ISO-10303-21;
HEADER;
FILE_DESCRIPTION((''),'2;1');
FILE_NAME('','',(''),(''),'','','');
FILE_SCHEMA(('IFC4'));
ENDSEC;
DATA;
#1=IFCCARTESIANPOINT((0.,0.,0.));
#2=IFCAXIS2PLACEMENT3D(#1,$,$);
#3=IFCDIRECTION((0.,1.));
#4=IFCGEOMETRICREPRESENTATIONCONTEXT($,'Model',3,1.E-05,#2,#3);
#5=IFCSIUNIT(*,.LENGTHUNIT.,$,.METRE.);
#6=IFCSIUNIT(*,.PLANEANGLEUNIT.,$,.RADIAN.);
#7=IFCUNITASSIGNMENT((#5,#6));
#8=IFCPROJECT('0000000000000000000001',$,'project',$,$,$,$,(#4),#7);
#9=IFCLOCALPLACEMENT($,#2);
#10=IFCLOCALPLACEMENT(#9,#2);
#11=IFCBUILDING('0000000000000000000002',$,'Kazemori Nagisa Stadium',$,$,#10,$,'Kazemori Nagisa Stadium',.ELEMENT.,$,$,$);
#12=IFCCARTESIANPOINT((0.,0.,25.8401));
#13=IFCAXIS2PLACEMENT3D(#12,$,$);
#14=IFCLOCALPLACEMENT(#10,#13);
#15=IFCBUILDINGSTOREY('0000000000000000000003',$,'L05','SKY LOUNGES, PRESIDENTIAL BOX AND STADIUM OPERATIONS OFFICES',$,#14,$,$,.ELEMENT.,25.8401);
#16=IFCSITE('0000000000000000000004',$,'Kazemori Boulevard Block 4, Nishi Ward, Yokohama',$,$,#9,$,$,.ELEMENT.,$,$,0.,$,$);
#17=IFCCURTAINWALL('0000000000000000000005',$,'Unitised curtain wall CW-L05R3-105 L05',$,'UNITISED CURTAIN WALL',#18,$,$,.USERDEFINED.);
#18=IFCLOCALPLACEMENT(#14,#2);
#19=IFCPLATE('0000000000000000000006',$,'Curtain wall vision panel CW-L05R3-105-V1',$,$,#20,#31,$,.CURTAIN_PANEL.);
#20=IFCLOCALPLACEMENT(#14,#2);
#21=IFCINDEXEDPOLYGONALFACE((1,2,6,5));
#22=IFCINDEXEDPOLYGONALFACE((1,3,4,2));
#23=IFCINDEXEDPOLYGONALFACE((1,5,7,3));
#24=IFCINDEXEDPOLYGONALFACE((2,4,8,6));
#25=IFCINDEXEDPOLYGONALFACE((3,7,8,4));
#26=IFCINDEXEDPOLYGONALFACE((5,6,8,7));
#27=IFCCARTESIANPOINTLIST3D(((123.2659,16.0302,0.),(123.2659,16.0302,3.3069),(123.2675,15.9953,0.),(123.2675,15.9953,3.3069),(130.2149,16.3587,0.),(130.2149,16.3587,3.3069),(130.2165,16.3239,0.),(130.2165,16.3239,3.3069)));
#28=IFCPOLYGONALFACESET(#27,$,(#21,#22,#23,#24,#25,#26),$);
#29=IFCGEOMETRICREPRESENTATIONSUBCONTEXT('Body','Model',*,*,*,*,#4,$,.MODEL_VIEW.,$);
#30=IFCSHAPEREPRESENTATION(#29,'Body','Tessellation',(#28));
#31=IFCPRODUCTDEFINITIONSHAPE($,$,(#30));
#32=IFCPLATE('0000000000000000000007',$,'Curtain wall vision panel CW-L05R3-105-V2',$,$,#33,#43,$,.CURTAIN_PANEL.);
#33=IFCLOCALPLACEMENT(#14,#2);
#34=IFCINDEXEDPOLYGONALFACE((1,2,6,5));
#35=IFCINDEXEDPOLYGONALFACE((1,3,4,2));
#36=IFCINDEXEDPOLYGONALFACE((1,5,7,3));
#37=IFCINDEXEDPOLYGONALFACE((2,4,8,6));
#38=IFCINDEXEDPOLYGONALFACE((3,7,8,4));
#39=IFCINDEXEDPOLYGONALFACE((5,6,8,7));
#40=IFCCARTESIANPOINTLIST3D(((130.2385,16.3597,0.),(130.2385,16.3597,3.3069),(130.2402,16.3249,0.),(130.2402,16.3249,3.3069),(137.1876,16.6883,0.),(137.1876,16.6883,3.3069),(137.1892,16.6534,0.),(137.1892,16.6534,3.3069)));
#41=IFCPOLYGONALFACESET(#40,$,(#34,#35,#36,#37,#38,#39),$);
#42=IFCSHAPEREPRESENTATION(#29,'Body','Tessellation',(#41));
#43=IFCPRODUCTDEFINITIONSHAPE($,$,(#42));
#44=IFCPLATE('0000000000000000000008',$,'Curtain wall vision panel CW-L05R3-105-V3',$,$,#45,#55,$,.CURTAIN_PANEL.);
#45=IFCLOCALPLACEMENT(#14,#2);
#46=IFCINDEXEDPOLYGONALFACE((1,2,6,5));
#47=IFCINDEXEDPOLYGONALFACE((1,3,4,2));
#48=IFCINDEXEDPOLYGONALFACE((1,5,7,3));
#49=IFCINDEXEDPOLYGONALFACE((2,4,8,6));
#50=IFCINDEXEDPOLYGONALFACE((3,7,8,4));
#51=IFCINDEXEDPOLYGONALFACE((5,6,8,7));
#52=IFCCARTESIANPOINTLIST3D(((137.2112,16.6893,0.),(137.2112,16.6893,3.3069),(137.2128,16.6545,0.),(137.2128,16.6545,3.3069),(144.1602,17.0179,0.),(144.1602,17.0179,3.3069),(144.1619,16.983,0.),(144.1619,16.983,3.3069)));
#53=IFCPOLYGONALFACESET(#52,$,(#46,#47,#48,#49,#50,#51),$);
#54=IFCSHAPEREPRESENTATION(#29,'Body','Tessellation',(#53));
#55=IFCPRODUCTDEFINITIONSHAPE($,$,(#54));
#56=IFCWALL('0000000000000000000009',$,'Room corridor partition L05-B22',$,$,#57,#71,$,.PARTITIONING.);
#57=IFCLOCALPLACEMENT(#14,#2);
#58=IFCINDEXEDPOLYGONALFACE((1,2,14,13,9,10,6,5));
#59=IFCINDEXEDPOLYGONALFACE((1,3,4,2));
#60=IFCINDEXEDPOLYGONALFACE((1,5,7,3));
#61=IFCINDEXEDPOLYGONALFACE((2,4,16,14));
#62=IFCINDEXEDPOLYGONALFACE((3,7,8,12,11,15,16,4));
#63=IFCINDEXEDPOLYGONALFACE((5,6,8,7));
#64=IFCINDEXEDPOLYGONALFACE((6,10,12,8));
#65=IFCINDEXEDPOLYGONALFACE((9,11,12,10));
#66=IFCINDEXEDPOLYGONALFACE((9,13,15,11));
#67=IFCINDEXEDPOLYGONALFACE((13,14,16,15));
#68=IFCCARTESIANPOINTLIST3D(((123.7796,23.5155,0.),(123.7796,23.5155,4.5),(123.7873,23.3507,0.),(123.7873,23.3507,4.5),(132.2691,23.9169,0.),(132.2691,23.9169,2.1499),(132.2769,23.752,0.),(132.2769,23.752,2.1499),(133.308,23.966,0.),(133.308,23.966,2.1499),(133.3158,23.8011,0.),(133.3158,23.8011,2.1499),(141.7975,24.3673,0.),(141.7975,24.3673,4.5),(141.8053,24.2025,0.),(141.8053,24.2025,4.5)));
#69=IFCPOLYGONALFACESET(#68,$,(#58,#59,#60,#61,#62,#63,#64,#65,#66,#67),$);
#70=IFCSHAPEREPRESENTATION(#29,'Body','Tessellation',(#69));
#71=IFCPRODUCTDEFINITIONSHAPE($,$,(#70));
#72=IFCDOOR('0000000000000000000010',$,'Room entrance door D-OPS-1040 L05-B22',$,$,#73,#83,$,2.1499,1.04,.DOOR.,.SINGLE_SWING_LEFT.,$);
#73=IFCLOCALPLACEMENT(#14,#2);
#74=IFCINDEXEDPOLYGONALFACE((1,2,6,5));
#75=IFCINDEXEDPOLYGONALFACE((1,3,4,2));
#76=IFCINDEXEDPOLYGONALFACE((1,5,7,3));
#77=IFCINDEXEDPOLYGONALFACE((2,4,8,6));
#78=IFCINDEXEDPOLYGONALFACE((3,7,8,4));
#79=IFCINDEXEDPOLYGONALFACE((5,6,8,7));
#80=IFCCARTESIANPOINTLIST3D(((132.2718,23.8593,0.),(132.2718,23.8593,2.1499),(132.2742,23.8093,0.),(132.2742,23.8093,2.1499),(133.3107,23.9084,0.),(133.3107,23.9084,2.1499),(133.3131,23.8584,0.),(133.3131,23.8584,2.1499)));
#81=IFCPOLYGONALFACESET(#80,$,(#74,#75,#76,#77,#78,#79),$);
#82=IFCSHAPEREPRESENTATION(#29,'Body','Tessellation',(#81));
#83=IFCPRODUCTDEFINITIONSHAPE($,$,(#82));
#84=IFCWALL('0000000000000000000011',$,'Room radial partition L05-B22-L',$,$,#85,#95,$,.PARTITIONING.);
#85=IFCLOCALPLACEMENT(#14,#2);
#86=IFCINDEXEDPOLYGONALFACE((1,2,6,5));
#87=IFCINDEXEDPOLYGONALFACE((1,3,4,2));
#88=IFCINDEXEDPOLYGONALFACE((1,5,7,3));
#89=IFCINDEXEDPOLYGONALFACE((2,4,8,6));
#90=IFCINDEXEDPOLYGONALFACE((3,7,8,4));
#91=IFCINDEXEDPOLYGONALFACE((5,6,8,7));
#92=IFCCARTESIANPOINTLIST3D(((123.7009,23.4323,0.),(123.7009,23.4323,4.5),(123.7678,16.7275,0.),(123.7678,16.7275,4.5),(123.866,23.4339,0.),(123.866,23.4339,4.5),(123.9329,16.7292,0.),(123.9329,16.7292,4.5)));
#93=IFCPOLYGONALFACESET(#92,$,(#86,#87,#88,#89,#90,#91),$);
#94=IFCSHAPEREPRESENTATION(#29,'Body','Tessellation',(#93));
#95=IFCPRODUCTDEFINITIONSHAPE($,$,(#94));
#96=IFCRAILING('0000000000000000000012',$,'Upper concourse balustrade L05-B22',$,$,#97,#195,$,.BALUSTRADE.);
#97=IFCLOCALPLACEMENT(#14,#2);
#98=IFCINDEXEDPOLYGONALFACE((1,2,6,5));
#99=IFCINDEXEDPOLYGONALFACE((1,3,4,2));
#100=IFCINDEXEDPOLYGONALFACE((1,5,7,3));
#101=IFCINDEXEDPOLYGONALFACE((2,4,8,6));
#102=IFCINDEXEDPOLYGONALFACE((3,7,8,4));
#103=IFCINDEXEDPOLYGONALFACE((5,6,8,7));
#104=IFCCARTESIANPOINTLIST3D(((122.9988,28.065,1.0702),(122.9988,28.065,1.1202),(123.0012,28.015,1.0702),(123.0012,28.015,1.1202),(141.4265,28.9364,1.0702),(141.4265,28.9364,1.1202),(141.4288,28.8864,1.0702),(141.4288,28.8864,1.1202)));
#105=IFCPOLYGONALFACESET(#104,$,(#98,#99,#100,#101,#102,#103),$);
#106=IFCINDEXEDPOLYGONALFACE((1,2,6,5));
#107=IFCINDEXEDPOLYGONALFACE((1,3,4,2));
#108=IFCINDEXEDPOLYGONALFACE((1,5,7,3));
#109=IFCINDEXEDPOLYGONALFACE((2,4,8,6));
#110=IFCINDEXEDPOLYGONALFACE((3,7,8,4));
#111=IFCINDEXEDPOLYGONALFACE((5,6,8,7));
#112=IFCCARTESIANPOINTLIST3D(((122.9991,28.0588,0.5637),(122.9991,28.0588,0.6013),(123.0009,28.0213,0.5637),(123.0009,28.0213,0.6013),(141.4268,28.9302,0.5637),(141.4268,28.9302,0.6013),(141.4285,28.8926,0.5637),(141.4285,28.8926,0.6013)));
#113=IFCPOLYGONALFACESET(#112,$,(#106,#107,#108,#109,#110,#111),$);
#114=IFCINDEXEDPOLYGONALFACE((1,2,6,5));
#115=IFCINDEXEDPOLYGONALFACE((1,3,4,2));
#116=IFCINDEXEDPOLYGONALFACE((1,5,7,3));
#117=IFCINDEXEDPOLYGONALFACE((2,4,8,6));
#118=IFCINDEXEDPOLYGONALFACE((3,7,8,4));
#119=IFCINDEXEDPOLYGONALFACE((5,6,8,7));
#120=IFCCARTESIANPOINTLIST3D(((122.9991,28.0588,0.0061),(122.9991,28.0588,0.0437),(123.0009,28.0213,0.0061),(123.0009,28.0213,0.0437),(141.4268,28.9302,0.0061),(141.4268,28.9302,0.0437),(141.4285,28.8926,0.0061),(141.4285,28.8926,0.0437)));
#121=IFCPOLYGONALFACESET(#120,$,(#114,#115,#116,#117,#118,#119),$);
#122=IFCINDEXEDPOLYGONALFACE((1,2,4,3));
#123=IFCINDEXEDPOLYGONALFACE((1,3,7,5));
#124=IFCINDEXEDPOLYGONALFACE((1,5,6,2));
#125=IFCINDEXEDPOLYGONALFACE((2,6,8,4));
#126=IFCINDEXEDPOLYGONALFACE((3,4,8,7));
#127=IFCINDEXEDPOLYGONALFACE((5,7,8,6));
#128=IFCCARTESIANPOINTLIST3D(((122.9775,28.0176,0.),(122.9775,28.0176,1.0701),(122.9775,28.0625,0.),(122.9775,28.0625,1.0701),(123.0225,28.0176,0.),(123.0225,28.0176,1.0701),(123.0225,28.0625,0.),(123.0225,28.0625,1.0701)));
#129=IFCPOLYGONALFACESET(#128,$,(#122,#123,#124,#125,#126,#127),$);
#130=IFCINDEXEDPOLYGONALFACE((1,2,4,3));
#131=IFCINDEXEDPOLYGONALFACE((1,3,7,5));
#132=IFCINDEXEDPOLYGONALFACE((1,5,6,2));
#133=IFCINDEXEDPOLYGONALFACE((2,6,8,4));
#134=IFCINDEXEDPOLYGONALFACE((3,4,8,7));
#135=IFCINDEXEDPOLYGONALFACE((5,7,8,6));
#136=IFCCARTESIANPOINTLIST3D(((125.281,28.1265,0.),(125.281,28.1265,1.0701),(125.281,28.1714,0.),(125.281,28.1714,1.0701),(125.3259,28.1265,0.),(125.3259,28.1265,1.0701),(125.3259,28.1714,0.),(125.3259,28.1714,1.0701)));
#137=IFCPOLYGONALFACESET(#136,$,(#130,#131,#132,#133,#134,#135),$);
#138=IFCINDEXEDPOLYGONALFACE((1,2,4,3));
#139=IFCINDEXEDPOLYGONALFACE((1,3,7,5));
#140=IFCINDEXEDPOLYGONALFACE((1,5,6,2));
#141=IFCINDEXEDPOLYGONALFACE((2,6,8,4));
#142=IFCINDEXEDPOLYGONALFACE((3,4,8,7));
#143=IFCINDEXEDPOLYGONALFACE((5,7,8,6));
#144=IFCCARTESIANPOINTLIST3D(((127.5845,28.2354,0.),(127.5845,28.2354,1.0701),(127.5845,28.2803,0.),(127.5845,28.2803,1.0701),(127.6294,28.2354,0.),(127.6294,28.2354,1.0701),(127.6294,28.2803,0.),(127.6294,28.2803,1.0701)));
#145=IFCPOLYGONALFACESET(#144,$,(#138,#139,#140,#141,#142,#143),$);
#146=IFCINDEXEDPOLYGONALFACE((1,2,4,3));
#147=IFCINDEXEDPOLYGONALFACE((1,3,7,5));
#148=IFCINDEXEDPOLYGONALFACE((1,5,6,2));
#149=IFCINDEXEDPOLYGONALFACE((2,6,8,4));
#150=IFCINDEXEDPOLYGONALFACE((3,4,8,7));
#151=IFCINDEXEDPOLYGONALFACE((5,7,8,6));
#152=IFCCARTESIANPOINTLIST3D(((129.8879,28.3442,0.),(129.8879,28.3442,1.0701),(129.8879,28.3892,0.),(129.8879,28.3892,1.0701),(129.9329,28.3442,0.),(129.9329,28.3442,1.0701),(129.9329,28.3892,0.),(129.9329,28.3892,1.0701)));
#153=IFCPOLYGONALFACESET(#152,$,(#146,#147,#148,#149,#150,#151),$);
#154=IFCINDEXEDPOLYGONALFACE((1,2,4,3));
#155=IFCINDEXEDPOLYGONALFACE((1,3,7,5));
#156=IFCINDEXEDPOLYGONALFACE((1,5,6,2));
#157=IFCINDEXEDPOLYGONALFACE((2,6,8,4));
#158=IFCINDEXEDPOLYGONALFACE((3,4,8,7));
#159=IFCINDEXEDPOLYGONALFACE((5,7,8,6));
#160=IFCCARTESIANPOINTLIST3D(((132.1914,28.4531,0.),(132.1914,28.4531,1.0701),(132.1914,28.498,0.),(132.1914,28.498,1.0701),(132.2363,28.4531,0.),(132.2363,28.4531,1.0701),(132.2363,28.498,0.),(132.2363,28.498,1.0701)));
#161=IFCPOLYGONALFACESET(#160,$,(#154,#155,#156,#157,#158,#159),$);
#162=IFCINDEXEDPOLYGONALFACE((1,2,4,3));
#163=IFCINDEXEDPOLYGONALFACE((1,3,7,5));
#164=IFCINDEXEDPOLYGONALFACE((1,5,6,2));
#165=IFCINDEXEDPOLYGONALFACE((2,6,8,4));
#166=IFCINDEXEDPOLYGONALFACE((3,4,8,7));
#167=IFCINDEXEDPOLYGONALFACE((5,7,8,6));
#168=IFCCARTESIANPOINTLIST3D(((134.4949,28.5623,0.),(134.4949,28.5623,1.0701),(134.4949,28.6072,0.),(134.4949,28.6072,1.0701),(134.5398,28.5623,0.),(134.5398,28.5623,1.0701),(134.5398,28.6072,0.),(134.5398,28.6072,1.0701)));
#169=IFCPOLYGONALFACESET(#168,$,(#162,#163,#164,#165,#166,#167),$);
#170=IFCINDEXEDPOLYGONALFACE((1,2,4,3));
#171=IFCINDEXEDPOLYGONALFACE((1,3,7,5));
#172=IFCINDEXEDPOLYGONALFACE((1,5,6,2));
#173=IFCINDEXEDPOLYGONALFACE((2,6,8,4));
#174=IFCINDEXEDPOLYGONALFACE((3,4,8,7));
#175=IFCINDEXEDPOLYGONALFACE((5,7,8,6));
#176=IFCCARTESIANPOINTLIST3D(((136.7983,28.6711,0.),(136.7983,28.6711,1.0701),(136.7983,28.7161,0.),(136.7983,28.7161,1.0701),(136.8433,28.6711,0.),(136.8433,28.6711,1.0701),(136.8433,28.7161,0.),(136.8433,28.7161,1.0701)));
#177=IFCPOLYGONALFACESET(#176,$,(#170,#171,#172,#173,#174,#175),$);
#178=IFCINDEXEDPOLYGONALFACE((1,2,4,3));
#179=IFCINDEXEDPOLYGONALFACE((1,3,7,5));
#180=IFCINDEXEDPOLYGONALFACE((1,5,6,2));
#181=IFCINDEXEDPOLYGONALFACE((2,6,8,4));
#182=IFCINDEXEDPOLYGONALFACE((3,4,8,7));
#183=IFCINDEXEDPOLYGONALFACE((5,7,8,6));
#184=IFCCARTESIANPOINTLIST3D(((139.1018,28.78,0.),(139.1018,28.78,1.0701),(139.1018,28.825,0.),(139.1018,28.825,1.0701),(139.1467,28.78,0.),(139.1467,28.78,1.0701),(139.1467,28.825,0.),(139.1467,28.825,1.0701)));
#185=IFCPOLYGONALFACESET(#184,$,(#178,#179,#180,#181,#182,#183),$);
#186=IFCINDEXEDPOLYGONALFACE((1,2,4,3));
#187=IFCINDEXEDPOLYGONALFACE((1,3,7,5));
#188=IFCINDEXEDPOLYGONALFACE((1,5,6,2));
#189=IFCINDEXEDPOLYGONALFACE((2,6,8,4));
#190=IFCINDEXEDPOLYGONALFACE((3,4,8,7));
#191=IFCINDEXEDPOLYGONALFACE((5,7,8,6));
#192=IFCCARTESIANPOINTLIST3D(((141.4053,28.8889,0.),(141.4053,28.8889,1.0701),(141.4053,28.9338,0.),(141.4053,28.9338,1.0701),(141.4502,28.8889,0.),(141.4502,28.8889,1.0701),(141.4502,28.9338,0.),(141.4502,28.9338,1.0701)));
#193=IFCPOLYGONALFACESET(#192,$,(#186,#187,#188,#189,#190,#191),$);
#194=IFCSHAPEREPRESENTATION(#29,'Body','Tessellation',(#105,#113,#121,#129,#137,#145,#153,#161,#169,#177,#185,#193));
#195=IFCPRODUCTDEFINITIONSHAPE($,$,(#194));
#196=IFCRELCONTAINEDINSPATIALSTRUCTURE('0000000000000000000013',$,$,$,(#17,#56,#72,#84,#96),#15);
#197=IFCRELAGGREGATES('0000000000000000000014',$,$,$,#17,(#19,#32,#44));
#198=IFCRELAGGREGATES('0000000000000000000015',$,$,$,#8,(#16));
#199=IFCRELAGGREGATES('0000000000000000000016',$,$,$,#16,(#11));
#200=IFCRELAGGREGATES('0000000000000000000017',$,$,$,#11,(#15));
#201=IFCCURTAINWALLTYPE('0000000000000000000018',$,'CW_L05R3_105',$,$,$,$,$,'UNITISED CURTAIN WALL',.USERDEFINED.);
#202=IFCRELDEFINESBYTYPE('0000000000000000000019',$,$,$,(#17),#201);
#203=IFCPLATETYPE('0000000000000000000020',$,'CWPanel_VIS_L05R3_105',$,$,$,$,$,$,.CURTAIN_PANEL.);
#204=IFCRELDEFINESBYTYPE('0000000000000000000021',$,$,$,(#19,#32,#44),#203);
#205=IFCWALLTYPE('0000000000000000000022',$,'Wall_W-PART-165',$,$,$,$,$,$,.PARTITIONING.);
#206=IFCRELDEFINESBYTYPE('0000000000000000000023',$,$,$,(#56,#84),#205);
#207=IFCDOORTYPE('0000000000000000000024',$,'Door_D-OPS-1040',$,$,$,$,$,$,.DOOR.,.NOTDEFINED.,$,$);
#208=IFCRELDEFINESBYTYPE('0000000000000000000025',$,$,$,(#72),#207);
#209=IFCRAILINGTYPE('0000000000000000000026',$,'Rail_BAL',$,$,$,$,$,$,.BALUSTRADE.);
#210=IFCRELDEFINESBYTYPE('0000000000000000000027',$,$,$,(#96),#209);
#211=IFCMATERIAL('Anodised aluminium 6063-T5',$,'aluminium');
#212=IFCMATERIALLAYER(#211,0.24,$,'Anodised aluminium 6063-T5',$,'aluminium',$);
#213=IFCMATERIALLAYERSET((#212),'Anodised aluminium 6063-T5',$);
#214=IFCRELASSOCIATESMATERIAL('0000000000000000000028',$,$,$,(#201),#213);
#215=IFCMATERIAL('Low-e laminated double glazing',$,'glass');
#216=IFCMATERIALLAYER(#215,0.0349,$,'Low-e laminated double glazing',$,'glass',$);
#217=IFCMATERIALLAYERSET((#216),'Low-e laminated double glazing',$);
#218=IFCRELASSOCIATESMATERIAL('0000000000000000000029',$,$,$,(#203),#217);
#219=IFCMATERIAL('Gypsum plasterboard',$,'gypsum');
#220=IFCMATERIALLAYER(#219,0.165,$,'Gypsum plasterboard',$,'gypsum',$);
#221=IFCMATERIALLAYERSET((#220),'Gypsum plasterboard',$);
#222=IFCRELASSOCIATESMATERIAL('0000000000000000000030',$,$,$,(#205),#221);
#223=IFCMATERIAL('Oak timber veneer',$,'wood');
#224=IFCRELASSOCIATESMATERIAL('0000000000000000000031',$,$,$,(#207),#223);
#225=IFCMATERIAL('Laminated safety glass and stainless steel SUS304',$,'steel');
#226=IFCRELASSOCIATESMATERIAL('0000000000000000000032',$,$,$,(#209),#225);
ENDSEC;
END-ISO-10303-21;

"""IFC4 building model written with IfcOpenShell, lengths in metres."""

from ifc_helpers import new_model, si_unit, direction, frame, frame_2d, origin, origin_2d, place, context, subcontext, project, spatial, rectangle, extrude, material, layer, layer_set, type_object, element, fill, aggregate, save


model = new_model("IFC4")

# Units and contexts
model_context = context("Model", 3, precision=1e-05, world=origin(), true_north=direction((0.0, 1.0)))
body_context = subcontext(model_context, "Body", "Model", "MODEL_VIEW")
ifc_project = project(units=[si_unit("LENGTHUNIT", "METRE"), si_unit("PLANEANGLEUNIT", "RADIAN")], contexts=[model_context])

# Site, building, storey
site_placement = place(None, origin())
site = spatial("IfcSite", under=ifc_project, at=site_placement, Name="Kazemori Boulevard Block 4, Nishi Ward, Yokohama", CompositionType="ELEMENT", RefElevation=0.0)
building_placement = place(site_placement, origin())
building = spatial("IfcBuilding", under=site, at=building_placement, Name="Kazemori Nagisa Stadium", LongName="Kazemori Nagisa Stadium", CompositionType="ELEMENT")
storey_placement = place(building_placement, frame((0.0, 0.0, 25.8401)))
storey = spatial("IfcBuildingStorey", under=building, at=storey_placement, Name="L05", Description="SKY LOUNGES, PRESIDENTIAL BOX AND STADIUM OPERATIONS OFFICES", CompositionType="ELEMENT", Elevation=25.8401)

# Curtain wall, plates
ifc_material_1 = material(Name="Anodised aluminium 6063-T5", Category="aluminium")
ifc_layer_1 = layer(ifc_material_1, 0.24, Name="Anodised aluminium 6063-T5", Category="aluminium")
ifc_layer_set_1 = layer_set([ifc_layer_1], Name="Anodised aluminium 6063-T5")
curtain_wall_type = type_object("IfcCurtainWallType", Name="CW_L05R3_105", ElementType="UNITISED CURTAIN WALL", PredefinedType="USERDEFINED", material=ifc_layer_set_1)
curtain_wall_placement = place(storey_placement, origin())
curtain_wall = element("IfcCurtainWall", 1, at=curtain_wall_placement, inside=storey, type_object=curtain_wall_type, Name="Unitised curtain wall CW-L05R3-105 L05", ObjectType="UNITISED CURTAIN WALL", PredefinedType="USERDEFINED")
ifc_material_2 = material(Name="Low-e laminated double glazing", Category="glass")
ifc_layer_2 = layer(ifc_material_2, 0.0349, Name="Low-e laminated double glazing", Category="glass")
ifc_layer_set_2 = layer_set([ifc_layer_2], Name="Low-e laminated double glazing")
plate_type_1 = type_object("IfcPlateType", Name="CWPanel_VIS_L05R3_105", PredefinedType="CURTAIN_PANEL", material=ifc_layer_set_2)
plate_1_placement = place(storey_placement, frame((126.7412, 16.177, 0.0), z_axis=(0.0, 0.0, 1.0), x_axis=(0.998884, 0.04723, 0.0)))
plate_1 = element("IfcPlate", 2, at=plate_1_placement, type_object=plate_type_1, Name="Curtain wall vision panel CW-L05R3-105-V1", PredefinedType="CURTAIN_PANEL", context=body_context, shape_type="SweptSolid", body=[
    extrude(rectangle(XDim=6.9568, YDim=0.0349, at=origin_2d()), origin(), (0.0, 0.0, 1.0), 3.3069),
])
plate_2_placement = place(storey_placement, frame((133.7139, 16.5066, 0.0), z_axis=(0.0, 0.0, 1.0), x_axis=(0.998884, 0.04723, 0.0)))
plate_2 = element("IfcPlate", 3, at=plate_2_placement, type_object=plate_type_1, Name="Curtain wall vision panel CW-L05R3-105-V2", PredefinedType="CURTAIN_PANEL", context=body_context, shape_type="SweptSolid", body=[
    extrude(rectangle(XDim=6.9568, YDim=0.0349, at=origin_2d()), origin(), (0.0, 0.0, 1.0), 3.3069),
])
plate_3_placement = place(storey_placement, frame((140.6865, 16.8362, 0.0), z_axis=(0.0, 0.0, 1.0), x_axis=(0.998884, 0.04723, 0.0)))
plate_3 = element("IfcPlate", 4, at=plate_3_placement, type_object=plate_type_1, Name="Curtain wall vision panel CW-L05R3-105-V3", PredefinedType="CURTAIN_PANEL", context=body_context, shape_type="SweptSolid", body=[
    extrude(rectangle(XDim=6.9568, YDim=0.0349, at=origin_2d()), origin(), (0.0, 0.0, 1.0), 3.3069),
])
aggregate(curtain_wall, [plate_1, plate_2, plate_3])

# Wall, opening, door
ifc_material_3 = material(Name="Gypsum plasterboard", Category="gypsum")
ifc_layer_3 = layer(ifc_material_3, 0.165, Name="Gypsum plasterboard", Category="gypsum")
ifc_layer_set_3 = layer_set([ifc_layer_3], Name="Gypsum plasterboard")
wall_type = type_object("IfcWallType", Name="Wall_W-PART-165", PredefinedType="PARTITIONING", material=ifc_layer_set_3)
wall_1_placement = place(storey_placement, frame((123.7834, 23.4331, 0.0), z_axis=(0.0, 0.0, 1.0), x_axis=(0.998884, 0.047222, 0.0)))
wall_1 = element("IfcWall", 5, at=wall_1_placement, inside=storey, type_object=wall_type, Name="Room corridor partition L05-B22", PredefinedType="PARTITIONING", context=body_context, shape_type="SweptSolid", body=[
    extrude(rectangle(XDim=18.0381, YDim=0.165, at=frame_2d((9.019, 0.0))), origin(), (0.0, 0.0, 1.0), 4.5),
])
opening_placement = place(wall_1_placement, frame((8.499, 0.0, 0.0)))
opening = element("IfcOpeningElement", 6, at=opening_placement, cuts=wall_1, PredefinedType="OPENING", context=body_context, shape_type="SweptSolid", body=[
    extrude(rectangle(XDim=1.04, YDim=2.1499, at=frame_2d((0.52, 1.075))), frame((0.0, 0.0925, 0.0), z_axis=(0.0, -1.0, 0.0), x_axis=(1.0, 0.0, 0.0)), (0.0, 0.0, 1.0), 0.1851),
])
ifc_material_4 = material(Name="Oak timber veneer", Category="wood")
door_type = type_object("IfcDoorType", Name="Door_D-OPS-1040", OperationType="NOTDEFINED", PredefinedType="DOOR", material=ifc_material_4)
door_placement = place(opening_placement, origin())
door = element("IfcDoor", 7, at=door_placement, inside=storey, type_object=door_type, Name="Room entrance door D-OPS-1040 L05-B22", OperationType="SINGLE_SWING_LEFT", OverallHeight=2.1499, OverallWidth=1.04, PredefinedType="DOOR", context=body_context, shape_type="SweptSolid", body=[
    extrude(rectangle(XDim=1.04, YDim=2.1499, at=frame_2d((0.52, 1.075))), frame((0.0, 0.0249, 0.0), z_axis=(0.0, -1.0, 0.0), x_axis=(1.0, 0.0, 0.0)), (0.0, 0.0, 1.0), 0.05),
])
fill(opening, door)

# Wall
wall_2_placement = place(storey_placement, frame((123.7834, 23.4331, 0.0), z_axis=(0.0, 0.0, 1.0), x_axis=(0.009977, -0.99995, 0.0)))
element("IfcWall", 8, at=wall_2_placement, inside=storey, type_object=wall_type, Name="Room radial partition L05-B22-L", PredefinedType="PARTITIONING", context=body_context, shape_type="SweptSolid", body=[
    extrude(rectangle(XDim=6.7051, YDim=0.165, at=frame_2d((3.3525, 0.0))), origin(), (0.0, 0.0, 1.0), 4.5),
])

# Railing
ifc_material_5 = material(Name="Laminated safety glass and stainless steel SUS304", Category="steel")
railing_type = type_object("IfcRailingType", Name="Rail_BAL", PredefinedType="BALUSTRADE", material=ifc_material_5)
railing_placement = place(storey_placement, frame((123.0, 28.04, 0.0)))
element("IfcRailing", 9, at=railing_placement, inside=storey, type_object=railing_type, Name="Upper concourse balustrade L05-B22", PredefinedType="BALUSTRADE", context=body_context, shape_type="SweptSolid", body=[
    extrude(rectangle(XDim=0.05, YDim=0.05, at=origin_2d()), frame((0.0, 0.0, 1.0952), z_axis=(0.998884, 0.047231, 0.0), x_axis=(-0.047231, 0.998884, 0.0)), (0.0, 0.0, 1.0), 18.4482),
    extrude(rectangle(XDim=0.0376, YDim=0.0376, at=origin_2d()), frame((0.0, 0.0, 0.5825), z_axis=(0.998884, 0.047231, 0.0), x_axis=(-0.047231, 0.998884, 0.0)), (0.0, 0.0, 1.0), 18.4482),
    extrude(rectangle(XDim=0.0376, YDim=0.0376, at=origin_2d()), frame((0.0, 0.0, 0.0249), z_axis=(0.998884, 0.047231, 0.0), x_axis=(-0.047231, 0.998884, 0.0)), (0.0, 0.0, 1.0), 18.4482),
    extrude(rectangle(XDim=0.0449, YDim=0.0449, at=origin_2d()), origin(), (0.0, 0.0, 1.0), 1.0701),
    extrude(rectangle(XDim=0.0449, YDim=0.0449, at=origin_2d()), frame((2.3035, 0.1089, 0.0)), (0.0, 0.0, 1.0), 1.0701),
    extrude(rectangle(XDim=0.0449, YDim=0.0449, at=origin_2d()), frame((4.6069, 0.2178, 0.0)), (0.0, 0.0, 1.0), 1.0701),
    extrude(rectangle(XDim=0.0449, YDim=0.0449, at=origin_2d()), frame((6.9104, 0.3267, 0.0)), (0.0, 0.0, 1.0), 1.0701),
    extrude(rectangle(XDim=0.0449, YDim=0.0449, at=origin_2d()), frame((9.2139, 0.4355, 0.0)), (0.0, 0.0, 1.0), 1.0701),
    extrude(rectangle(XDim=0.0449, YDim=0.0449, at=origin_2d()), frame((11.5173, 0.5447, 0.0)), (0.0, 0.0, 1.0), 1.0701),
    extrude(rectangle(XDim=0.0449, YDim=0.0449, at=origin_2d()), frame((13.8208, 0.6536, 0.0)), (0.0, 0.0, 1.0), 1.0701),
    extrude(rectangle(XDim=0.0449, YDim=0.0449, at=origin_2d()), frame((16.1243, 0.7625, 0.0)), (0.0, 0.0, 1.0), 1.0701),
    extrude(rectangle(XDim=0.0449, YDim=0.0449, at=origin_2d()), frame((18.4277, 0.8713, 0.0)), (0.0, 0.0, 1.0), 1.0701),
])

save(model, "model.ifc")
